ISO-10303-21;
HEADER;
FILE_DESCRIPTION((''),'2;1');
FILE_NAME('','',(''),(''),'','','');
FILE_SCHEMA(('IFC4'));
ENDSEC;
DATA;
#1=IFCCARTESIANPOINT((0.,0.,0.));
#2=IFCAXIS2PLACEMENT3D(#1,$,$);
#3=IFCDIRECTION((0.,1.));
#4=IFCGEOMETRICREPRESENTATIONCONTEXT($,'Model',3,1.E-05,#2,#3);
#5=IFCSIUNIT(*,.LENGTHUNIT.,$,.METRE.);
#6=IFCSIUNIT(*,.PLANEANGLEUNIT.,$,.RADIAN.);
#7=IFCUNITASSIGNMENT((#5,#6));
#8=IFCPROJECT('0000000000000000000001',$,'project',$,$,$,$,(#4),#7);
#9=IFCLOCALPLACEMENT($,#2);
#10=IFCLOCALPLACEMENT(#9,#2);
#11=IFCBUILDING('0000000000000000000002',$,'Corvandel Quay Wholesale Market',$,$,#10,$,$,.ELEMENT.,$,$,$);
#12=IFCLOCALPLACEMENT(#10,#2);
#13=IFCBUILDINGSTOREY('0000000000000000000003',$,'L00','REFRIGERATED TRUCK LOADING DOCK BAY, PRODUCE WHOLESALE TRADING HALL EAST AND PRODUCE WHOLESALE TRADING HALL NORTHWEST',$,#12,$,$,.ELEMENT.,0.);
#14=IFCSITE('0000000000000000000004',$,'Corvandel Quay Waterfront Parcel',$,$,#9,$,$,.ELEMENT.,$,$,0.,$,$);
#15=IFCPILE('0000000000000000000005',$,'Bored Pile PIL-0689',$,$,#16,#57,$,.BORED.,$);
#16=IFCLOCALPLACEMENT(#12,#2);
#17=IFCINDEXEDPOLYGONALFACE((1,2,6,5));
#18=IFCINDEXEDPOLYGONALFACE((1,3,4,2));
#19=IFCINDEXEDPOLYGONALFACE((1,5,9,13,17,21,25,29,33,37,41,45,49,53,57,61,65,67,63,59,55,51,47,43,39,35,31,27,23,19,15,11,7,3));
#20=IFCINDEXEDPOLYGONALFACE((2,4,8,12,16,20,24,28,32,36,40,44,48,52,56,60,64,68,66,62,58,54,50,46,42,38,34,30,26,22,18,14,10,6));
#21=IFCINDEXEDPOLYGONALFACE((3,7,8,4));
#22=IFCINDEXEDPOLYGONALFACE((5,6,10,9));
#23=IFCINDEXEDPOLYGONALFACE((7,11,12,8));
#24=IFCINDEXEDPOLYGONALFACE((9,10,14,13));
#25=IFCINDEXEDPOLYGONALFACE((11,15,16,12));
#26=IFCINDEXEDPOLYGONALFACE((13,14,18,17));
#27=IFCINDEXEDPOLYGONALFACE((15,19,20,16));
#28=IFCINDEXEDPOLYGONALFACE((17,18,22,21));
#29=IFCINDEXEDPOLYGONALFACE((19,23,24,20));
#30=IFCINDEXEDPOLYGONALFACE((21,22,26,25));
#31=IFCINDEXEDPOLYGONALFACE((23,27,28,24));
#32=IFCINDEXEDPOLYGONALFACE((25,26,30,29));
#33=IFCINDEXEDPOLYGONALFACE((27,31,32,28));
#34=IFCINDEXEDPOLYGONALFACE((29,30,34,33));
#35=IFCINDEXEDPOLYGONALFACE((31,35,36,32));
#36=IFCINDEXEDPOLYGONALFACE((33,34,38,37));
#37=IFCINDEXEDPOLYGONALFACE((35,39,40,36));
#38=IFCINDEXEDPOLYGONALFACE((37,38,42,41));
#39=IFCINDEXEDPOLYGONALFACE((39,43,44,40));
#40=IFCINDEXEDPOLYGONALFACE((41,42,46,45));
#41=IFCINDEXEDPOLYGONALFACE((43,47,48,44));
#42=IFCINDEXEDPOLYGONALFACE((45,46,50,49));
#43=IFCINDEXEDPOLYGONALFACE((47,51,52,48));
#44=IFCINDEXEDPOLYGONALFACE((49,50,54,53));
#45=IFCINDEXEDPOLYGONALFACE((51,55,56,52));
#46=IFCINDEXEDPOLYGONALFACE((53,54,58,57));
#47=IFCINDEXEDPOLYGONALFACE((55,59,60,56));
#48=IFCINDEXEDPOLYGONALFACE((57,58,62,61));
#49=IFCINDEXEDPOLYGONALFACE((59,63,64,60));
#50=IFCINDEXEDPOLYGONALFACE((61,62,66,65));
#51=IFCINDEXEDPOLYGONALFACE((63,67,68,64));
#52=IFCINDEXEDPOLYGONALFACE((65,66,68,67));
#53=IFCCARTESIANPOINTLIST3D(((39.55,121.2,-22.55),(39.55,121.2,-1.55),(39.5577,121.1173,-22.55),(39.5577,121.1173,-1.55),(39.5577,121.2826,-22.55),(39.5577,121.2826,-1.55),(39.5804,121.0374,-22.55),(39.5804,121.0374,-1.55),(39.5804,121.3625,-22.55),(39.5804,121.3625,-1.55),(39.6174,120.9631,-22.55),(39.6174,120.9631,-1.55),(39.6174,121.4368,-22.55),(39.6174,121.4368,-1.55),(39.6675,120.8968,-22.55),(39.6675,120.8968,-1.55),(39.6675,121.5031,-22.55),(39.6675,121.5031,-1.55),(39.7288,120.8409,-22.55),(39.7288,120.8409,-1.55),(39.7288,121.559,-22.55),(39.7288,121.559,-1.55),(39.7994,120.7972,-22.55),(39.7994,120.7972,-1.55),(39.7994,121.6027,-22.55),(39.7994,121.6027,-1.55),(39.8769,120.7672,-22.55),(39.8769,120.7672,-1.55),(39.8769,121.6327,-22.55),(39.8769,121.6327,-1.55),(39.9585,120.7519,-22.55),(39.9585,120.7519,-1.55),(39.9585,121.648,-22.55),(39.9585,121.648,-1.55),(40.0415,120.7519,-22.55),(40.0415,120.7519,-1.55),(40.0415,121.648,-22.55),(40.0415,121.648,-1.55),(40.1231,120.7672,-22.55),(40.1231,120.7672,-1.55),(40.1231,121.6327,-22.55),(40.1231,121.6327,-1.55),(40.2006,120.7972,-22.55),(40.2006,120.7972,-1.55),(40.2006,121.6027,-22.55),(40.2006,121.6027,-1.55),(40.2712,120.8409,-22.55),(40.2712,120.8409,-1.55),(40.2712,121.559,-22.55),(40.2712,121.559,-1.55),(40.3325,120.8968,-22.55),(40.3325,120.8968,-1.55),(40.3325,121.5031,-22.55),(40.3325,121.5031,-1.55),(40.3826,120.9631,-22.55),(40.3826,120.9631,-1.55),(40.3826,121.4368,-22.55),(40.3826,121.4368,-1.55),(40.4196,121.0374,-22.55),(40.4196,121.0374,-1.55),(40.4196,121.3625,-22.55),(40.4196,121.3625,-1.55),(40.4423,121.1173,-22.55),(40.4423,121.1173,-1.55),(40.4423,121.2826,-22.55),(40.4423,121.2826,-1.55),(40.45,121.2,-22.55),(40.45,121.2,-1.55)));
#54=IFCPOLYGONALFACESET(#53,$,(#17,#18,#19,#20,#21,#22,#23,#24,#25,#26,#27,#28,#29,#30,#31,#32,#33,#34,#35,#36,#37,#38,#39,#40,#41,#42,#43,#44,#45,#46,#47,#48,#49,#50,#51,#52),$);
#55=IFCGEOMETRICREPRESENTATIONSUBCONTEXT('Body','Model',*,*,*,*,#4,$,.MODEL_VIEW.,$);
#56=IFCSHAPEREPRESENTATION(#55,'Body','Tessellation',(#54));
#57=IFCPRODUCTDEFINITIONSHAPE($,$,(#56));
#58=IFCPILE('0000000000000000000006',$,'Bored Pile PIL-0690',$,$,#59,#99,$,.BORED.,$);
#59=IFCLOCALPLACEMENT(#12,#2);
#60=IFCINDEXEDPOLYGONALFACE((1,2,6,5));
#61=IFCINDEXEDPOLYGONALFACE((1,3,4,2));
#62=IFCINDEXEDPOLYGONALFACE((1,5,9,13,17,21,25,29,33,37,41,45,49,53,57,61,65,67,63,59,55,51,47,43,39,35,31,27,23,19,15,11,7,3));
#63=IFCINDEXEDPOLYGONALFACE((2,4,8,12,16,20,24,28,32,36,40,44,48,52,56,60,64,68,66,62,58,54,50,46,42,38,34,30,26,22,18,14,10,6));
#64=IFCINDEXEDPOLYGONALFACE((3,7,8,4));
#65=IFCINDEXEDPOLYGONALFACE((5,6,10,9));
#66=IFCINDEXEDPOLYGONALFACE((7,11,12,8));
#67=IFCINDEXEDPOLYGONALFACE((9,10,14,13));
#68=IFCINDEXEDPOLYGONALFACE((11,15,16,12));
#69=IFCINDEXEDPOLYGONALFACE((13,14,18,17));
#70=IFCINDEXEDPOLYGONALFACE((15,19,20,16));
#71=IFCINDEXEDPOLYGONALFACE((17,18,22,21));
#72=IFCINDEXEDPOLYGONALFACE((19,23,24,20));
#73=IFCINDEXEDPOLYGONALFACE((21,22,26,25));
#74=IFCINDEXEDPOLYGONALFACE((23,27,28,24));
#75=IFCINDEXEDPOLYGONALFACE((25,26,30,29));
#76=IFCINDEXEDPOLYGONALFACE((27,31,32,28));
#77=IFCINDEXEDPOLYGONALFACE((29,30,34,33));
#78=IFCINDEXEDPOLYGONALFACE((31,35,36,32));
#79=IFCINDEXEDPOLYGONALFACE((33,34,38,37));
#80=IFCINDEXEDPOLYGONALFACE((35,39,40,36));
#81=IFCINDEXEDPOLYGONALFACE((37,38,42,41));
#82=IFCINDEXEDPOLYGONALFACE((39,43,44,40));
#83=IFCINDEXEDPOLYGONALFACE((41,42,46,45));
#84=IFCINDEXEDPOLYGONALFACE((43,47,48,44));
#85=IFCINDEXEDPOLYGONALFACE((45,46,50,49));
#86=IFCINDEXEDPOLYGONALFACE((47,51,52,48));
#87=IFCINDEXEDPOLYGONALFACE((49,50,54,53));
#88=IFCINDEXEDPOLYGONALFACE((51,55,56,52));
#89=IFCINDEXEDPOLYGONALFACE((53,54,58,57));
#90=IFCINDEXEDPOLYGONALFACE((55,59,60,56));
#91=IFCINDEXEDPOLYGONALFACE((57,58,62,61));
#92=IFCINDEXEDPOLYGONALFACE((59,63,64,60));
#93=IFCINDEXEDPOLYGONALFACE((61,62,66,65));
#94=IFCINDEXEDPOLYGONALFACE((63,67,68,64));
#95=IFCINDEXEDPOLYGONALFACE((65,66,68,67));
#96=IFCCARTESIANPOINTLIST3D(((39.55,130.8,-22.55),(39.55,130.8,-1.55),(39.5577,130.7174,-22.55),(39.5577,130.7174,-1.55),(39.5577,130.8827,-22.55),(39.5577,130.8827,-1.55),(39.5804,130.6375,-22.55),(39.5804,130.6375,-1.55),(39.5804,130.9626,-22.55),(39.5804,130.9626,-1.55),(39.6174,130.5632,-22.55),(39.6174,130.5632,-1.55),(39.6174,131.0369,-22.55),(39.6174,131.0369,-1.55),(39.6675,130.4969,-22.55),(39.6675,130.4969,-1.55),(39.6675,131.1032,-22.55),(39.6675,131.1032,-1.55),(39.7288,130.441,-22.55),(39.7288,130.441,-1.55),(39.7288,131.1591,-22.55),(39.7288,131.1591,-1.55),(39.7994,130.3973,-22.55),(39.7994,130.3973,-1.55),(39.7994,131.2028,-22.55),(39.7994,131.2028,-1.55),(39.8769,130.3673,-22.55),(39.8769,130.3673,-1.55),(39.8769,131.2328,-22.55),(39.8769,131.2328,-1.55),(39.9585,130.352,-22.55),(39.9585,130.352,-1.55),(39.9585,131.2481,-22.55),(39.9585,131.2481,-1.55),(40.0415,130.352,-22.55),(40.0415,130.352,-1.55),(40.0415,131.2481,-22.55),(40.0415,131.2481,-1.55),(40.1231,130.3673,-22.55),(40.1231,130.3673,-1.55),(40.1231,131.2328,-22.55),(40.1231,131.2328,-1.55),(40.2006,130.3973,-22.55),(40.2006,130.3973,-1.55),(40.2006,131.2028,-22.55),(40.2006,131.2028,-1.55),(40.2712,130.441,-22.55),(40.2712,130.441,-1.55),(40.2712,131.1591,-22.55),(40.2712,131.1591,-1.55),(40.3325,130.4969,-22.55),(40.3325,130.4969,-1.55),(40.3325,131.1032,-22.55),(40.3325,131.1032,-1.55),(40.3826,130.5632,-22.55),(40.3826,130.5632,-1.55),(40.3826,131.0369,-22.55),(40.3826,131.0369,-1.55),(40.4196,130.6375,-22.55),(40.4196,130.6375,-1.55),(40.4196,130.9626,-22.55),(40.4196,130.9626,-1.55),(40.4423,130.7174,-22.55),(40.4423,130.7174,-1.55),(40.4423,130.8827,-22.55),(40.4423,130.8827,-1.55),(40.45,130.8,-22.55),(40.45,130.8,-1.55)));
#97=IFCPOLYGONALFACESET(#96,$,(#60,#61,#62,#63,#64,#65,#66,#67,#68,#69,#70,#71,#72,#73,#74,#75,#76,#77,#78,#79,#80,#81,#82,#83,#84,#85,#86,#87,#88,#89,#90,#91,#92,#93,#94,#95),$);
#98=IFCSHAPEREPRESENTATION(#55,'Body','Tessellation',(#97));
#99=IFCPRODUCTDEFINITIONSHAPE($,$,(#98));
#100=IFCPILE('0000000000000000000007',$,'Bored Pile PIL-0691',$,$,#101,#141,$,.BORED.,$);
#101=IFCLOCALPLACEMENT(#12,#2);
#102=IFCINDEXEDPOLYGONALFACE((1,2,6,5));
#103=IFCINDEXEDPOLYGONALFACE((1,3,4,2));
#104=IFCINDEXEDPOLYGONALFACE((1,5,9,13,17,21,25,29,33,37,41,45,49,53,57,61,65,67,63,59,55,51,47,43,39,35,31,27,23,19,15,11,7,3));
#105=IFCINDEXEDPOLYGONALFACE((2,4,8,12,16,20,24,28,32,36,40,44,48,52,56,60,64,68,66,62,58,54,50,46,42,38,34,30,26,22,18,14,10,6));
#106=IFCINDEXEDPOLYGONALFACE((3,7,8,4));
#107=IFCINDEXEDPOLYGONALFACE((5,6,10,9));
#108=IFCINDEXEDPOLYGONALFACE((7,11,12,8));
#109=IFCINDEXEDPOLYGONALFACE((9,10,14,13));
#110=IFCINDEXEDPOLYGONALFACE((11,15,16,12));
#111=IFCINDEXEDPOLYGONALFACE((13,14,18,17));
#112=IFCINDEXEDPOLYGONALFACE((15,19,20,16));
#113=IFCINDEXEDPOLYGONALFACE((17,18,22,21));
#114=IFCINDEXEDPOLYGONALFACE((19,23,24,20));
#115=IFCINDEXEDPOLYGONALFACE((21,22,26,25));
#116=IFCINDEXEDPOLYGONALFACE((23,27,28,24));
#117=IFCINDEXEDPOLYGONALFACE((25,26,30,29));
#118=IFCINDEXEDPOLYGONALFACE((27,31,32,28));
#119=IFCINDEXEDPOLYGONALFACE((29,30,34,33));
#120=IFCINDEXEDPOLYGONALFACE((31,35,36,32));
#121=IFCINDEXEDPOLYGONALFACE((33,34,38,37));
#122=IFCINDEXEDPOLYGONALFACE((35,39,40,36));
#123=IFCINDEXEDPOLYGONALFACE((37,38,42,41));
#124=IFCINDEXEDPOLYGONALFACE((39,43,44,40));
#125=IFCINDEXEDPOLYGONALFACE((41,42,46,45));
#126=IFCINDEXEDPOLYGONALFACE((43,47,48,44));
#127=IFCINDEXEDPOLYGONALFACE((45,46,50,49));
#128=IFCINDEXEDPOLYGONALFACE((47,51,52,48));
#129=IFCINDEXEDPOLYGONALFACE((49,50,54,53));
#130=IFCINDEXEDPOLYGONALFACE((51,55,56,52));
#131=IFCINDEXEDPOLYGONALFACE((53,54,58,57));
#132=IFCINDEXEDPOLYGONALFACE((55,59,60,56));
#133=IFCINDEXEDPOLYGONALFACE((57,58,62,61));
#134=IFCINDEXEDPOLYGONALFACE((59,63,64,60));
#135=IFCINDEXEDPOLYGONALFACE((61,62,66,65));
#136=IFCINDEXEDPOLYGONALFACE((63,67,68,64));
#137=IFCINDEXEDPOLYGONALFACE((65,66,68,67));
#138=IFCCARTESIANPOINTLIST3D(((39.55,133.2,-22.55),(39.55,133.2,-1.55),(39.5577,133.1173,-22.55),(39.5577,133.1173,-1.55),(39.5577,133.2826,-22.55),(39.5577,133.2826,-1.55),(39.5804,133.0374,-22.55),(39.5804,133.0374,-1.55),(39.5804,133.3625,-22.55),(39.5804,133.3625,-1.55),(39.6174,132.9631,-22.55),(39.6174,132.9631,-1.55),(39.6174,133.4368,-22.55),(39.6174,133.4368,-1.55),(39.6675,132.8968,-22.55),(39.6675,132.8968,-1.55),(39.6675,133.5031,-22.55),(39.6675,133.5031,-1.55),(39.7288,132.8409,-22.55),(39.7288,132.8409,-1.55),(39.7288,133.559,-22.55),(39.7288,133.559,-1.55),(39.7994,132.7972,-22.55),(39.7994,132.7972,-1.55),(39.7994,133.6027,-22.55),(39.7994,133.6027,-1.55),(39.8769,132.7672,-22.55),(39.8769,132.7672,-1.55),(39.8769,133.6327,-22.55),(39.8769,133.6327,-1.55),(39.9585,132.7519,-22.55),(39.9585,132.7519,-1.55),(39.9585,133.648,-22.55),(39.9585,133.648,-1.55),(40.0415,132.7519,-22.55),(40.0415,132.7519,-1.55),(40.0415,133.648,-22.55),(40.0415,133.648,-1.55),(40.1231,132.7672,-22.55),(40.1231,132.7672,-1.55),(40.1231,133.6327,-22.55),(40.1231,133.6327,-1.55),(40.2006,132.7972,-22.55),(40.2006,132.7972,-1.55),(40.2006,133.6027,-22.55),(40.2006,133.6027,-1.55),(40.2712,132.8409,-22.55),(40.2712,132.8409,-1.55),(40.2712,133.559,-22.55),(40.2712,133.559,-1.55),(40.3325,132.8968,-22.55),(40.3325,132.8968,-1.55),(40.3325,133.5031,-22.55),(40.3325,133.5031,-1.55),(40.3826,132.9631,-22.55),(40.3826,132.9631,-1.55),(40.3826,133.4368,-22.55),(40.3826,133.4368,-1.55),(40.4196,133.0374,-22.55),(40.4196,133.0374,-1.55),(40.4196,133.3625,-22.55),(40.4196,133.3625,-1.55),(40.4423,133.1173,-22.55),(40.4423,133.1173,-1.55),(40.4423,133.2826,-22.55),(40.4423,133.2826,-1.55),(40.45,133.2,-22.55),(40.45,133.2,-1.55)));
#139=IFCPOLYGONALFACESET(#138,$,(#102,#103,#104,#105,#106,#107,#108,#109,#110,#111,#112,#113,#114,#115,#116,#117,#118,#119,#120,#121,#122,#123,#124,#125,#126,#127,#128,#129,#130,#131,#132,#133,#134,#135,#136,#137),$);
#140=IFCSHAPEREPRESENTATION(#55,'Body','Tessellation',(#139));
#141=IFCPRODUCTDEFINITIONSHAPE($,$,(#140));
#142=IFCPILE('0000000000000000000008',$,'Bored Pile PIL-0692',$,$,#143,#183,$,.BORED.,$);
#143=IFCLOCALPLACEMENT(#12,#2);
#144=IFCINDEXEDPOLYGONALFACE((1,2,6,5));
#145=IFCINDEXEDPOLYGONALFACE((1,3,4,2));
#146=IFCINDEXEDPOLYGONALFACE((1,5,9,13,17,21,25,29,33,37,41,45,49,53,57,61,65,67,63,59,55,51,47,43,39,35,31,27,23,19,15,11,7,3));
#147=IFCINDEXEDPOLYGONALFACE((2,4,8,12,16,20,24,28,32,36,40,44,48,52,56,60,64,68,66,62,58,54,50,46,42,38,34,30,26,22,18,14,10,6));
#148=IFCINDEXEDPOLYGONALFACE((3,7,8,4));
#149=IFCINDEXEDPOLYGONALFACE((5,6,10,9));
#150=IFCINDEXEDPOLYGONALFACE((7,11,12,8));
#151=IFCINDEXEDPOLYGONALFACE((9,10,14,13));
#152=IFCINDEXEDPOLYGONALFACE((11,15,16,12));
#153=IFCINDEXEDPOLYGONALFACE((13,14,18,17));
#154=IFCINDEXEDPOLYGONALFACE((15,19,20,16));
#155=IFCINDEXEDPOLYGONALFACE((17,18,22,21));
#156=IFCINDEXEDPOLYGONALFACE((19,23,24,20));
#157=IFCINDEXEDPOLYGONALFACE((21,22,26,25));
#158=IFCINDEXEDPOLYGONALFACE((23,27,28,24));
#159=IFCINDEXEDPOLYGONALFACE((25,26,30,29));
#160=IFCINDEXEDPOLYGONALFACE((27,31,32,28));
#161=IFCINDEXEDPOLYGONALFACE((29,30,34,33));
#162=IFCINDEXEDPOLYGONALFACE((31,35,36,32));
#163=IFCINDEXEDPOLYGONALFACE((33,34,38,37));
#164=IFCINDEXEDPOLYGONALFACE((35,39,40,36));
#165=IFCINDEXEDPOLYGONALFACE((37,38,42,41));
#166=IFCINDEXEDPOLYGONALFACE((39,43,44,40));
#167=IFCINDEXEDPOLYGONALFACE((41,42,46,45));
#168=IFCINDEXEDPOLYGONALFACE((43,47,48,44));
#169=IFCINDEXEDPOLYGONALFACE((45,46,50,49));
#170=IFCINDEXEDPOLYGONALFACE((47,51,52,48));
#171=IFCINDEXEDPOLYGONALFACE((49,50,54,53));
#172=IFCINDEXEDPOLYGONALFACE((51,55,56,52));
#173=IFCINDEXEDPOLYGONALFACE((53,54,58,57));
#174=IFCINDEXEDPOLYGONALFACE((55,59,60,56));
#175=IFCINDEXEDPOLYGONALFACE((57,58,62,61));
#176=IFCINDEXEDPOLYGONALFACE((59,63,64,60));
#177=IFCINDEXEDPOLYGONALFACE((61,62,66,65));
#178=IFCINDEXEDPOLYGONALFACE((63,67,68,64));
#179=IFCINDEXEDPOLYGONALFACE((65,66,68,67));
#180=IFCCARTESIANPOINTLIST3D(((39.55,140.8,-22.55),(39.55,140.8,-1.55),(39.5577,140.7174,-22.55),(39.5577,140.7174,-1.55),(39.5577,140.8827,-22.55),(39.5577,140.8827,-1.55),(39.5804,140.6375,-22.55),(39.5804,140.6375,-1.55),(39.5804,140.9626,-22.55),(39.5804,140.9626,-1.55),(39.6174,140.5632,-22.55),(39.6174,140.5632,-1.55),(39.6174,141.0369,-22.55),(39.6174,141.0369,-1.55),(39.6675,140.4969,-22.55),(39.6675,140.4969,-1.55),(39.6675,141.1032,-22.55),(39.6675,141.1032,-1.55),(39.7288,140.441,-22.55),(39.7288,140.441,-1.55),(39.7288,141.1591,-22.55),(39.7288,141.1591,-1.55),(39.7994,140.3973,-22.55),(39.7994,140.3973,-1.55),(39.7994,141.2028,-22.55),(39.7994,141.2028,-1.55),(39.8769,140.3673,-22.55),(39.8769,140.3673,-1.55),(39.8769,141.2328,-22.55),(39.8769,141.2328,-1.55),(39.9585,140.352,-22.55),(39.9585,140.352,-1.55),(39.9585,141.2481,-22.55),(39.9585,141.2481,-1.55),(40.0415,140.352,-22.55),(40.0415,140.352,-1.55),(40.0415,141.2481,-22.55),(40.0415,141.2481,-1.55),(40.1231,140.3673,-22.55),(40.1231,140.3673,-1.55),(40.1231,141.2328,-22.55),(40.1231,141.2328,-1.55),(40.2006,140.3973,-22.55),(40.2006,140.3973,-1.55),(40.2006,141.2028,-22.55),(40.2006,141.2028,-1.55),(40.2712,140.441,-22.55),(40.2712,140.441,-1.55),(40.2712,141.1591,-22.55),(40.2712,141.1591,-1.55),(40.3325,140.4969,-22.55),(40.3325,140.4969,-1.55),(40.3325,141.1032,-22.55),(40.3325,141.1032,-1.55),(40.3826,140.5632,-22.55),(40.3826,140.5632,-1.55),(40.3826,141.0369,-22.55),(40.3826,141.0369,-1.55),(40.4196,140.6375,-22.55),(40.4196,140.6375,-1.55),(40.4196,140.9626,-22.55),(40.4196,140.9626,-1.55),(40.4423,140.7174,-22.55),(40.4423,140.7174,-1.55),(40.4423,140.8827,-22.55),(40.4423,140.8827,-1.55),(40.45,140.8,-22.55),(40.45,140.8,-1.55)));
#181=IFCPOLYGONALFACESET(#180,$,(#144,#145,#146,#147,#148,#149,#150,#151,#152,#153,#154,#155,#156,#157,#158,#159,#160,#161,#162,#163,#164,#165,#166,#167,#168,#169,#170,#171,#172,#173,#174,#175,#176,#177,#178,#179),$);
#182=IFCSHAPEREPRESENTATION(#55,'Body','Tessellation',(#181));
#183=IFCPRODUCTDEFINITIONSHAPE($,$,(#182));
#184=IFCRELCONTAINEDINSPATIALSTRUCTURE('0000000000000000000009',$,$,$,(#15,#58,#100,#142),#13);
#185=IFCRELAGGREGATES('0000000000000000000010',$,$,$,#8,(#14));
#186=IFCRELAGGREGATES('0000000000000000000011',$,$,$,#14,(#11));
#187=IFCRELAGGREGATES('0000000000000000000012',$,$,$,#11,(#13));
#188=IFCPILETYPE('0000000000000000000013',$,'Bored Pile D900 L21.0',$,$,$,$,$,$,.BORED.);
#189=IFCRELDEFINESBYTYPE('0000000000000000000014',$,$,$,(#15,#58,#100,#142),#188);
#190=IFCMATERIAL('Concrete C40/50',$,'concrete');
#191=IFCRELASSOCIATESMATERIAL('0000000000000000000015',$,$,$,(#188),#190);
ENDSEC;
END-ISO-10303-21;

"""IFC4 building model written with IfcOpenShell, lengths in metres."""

from ifc_helpers import new_model, si_unit, direction, frame, origin, origin_2d, place, context, subcontext, project, spatial, circle, extrude, material, material_profile, profile_set, type_object, element, save


model = new_model("IFC4")

# Units and contexts
model_context = context("Model", 3, precision=1e-05, world=origin(), true_north=direction((0.0, 1.0)))
body_context = subcontext(model_context, "Body", "Model", "MODEL_VIEW")
ifc_project = project(units=[si_unit("LENGTHUNIT", "METRE"), si_unit("PLANEANGLEUNIT", "RADIAN")], contexts=[model_context])

# Site, building, storey
site_placement = place(None, origin())
site = spatial("IfcSite", under=ifc_project, at=site_placement, Name="Corvandel Quay Waterfront Parcel", CompositionType="ELEMENT", RefElevation=0.0)
building_placement = place(site_placement, origin())
building = spatial("IfcBuilding", under=site, at=building_placement, Name="Corvandel Quay Wholesale Market", CompositionType="ELEMENT")
storey_placement = place(building_placement, origin())
storey = spatial("IfcBuildingStorey", under=building, at=storey_placement, Name="L00", Description="REFRIGERATED TRUCK LOADING DOCK BAY, PRODUCE WHOLESALE TRADING HALL EAST AND PRODUCE WHOLESALE TRADING HALL NORTHWEST", CompositionType="ELEMENT", Elevation=0.0)

# Piles
ifc_material_1 = material(Name="Concrete C40/50", Category="concrete")
ifc_material_profile_1 = material_profile(ifc_material_1, circle(Radius=0.45, at=origin_2d()), Name="RC-PILE-D900")
ifc_profile_set_1 = profile_set([ifc_material_profile_1], Name="Concrete C40/50")
pile_type_1 = type_object("IfcPileType", Name="Bored Pile D900 L21.0", PredefinedType="BORED", material=ifc_profile_set_1)
for number, where, z_axis, x_axis, name in (
    (1, (40.0, 121.2, -1.55), (0.0, 0.0, -1.0), (1.0, 0.0, 0.0), "Bored Pile PIL-0689"),
    (2, (40.0, 130.8, -1.55), (0.0, 0.0, -1.0), (1.0, 0.0, 0.0), "Bored Pile PIL-0690"),
    (3, (40.0, 133.2, -1.55), (0.0, 0.0, -1.0), (1.0, 0.0, 0.0), "Bored Pile PIL-0691"),
    (4, (40.0, 140.8, -1.55), (0.0, 0.0, -1.0), (1.0, 0.0, 0.0), "Bored Pile PIL-0692"),
):
    element("IfcPile", number, at=place(storey_placement, frame(where, z_axis=z_axis, x_axis=x_axis)), inside=storey, type_object=pile_type_1, Name=name, PredefinedType="BORED", context=body_context, shape_type="SweptSolid", body=[
        extrude(circle(Radius=0.45, at=origin_2d()), origin(), (0.0, 0.0, 1.0), 21.0),
    ])

save(model, "model.ifc")
